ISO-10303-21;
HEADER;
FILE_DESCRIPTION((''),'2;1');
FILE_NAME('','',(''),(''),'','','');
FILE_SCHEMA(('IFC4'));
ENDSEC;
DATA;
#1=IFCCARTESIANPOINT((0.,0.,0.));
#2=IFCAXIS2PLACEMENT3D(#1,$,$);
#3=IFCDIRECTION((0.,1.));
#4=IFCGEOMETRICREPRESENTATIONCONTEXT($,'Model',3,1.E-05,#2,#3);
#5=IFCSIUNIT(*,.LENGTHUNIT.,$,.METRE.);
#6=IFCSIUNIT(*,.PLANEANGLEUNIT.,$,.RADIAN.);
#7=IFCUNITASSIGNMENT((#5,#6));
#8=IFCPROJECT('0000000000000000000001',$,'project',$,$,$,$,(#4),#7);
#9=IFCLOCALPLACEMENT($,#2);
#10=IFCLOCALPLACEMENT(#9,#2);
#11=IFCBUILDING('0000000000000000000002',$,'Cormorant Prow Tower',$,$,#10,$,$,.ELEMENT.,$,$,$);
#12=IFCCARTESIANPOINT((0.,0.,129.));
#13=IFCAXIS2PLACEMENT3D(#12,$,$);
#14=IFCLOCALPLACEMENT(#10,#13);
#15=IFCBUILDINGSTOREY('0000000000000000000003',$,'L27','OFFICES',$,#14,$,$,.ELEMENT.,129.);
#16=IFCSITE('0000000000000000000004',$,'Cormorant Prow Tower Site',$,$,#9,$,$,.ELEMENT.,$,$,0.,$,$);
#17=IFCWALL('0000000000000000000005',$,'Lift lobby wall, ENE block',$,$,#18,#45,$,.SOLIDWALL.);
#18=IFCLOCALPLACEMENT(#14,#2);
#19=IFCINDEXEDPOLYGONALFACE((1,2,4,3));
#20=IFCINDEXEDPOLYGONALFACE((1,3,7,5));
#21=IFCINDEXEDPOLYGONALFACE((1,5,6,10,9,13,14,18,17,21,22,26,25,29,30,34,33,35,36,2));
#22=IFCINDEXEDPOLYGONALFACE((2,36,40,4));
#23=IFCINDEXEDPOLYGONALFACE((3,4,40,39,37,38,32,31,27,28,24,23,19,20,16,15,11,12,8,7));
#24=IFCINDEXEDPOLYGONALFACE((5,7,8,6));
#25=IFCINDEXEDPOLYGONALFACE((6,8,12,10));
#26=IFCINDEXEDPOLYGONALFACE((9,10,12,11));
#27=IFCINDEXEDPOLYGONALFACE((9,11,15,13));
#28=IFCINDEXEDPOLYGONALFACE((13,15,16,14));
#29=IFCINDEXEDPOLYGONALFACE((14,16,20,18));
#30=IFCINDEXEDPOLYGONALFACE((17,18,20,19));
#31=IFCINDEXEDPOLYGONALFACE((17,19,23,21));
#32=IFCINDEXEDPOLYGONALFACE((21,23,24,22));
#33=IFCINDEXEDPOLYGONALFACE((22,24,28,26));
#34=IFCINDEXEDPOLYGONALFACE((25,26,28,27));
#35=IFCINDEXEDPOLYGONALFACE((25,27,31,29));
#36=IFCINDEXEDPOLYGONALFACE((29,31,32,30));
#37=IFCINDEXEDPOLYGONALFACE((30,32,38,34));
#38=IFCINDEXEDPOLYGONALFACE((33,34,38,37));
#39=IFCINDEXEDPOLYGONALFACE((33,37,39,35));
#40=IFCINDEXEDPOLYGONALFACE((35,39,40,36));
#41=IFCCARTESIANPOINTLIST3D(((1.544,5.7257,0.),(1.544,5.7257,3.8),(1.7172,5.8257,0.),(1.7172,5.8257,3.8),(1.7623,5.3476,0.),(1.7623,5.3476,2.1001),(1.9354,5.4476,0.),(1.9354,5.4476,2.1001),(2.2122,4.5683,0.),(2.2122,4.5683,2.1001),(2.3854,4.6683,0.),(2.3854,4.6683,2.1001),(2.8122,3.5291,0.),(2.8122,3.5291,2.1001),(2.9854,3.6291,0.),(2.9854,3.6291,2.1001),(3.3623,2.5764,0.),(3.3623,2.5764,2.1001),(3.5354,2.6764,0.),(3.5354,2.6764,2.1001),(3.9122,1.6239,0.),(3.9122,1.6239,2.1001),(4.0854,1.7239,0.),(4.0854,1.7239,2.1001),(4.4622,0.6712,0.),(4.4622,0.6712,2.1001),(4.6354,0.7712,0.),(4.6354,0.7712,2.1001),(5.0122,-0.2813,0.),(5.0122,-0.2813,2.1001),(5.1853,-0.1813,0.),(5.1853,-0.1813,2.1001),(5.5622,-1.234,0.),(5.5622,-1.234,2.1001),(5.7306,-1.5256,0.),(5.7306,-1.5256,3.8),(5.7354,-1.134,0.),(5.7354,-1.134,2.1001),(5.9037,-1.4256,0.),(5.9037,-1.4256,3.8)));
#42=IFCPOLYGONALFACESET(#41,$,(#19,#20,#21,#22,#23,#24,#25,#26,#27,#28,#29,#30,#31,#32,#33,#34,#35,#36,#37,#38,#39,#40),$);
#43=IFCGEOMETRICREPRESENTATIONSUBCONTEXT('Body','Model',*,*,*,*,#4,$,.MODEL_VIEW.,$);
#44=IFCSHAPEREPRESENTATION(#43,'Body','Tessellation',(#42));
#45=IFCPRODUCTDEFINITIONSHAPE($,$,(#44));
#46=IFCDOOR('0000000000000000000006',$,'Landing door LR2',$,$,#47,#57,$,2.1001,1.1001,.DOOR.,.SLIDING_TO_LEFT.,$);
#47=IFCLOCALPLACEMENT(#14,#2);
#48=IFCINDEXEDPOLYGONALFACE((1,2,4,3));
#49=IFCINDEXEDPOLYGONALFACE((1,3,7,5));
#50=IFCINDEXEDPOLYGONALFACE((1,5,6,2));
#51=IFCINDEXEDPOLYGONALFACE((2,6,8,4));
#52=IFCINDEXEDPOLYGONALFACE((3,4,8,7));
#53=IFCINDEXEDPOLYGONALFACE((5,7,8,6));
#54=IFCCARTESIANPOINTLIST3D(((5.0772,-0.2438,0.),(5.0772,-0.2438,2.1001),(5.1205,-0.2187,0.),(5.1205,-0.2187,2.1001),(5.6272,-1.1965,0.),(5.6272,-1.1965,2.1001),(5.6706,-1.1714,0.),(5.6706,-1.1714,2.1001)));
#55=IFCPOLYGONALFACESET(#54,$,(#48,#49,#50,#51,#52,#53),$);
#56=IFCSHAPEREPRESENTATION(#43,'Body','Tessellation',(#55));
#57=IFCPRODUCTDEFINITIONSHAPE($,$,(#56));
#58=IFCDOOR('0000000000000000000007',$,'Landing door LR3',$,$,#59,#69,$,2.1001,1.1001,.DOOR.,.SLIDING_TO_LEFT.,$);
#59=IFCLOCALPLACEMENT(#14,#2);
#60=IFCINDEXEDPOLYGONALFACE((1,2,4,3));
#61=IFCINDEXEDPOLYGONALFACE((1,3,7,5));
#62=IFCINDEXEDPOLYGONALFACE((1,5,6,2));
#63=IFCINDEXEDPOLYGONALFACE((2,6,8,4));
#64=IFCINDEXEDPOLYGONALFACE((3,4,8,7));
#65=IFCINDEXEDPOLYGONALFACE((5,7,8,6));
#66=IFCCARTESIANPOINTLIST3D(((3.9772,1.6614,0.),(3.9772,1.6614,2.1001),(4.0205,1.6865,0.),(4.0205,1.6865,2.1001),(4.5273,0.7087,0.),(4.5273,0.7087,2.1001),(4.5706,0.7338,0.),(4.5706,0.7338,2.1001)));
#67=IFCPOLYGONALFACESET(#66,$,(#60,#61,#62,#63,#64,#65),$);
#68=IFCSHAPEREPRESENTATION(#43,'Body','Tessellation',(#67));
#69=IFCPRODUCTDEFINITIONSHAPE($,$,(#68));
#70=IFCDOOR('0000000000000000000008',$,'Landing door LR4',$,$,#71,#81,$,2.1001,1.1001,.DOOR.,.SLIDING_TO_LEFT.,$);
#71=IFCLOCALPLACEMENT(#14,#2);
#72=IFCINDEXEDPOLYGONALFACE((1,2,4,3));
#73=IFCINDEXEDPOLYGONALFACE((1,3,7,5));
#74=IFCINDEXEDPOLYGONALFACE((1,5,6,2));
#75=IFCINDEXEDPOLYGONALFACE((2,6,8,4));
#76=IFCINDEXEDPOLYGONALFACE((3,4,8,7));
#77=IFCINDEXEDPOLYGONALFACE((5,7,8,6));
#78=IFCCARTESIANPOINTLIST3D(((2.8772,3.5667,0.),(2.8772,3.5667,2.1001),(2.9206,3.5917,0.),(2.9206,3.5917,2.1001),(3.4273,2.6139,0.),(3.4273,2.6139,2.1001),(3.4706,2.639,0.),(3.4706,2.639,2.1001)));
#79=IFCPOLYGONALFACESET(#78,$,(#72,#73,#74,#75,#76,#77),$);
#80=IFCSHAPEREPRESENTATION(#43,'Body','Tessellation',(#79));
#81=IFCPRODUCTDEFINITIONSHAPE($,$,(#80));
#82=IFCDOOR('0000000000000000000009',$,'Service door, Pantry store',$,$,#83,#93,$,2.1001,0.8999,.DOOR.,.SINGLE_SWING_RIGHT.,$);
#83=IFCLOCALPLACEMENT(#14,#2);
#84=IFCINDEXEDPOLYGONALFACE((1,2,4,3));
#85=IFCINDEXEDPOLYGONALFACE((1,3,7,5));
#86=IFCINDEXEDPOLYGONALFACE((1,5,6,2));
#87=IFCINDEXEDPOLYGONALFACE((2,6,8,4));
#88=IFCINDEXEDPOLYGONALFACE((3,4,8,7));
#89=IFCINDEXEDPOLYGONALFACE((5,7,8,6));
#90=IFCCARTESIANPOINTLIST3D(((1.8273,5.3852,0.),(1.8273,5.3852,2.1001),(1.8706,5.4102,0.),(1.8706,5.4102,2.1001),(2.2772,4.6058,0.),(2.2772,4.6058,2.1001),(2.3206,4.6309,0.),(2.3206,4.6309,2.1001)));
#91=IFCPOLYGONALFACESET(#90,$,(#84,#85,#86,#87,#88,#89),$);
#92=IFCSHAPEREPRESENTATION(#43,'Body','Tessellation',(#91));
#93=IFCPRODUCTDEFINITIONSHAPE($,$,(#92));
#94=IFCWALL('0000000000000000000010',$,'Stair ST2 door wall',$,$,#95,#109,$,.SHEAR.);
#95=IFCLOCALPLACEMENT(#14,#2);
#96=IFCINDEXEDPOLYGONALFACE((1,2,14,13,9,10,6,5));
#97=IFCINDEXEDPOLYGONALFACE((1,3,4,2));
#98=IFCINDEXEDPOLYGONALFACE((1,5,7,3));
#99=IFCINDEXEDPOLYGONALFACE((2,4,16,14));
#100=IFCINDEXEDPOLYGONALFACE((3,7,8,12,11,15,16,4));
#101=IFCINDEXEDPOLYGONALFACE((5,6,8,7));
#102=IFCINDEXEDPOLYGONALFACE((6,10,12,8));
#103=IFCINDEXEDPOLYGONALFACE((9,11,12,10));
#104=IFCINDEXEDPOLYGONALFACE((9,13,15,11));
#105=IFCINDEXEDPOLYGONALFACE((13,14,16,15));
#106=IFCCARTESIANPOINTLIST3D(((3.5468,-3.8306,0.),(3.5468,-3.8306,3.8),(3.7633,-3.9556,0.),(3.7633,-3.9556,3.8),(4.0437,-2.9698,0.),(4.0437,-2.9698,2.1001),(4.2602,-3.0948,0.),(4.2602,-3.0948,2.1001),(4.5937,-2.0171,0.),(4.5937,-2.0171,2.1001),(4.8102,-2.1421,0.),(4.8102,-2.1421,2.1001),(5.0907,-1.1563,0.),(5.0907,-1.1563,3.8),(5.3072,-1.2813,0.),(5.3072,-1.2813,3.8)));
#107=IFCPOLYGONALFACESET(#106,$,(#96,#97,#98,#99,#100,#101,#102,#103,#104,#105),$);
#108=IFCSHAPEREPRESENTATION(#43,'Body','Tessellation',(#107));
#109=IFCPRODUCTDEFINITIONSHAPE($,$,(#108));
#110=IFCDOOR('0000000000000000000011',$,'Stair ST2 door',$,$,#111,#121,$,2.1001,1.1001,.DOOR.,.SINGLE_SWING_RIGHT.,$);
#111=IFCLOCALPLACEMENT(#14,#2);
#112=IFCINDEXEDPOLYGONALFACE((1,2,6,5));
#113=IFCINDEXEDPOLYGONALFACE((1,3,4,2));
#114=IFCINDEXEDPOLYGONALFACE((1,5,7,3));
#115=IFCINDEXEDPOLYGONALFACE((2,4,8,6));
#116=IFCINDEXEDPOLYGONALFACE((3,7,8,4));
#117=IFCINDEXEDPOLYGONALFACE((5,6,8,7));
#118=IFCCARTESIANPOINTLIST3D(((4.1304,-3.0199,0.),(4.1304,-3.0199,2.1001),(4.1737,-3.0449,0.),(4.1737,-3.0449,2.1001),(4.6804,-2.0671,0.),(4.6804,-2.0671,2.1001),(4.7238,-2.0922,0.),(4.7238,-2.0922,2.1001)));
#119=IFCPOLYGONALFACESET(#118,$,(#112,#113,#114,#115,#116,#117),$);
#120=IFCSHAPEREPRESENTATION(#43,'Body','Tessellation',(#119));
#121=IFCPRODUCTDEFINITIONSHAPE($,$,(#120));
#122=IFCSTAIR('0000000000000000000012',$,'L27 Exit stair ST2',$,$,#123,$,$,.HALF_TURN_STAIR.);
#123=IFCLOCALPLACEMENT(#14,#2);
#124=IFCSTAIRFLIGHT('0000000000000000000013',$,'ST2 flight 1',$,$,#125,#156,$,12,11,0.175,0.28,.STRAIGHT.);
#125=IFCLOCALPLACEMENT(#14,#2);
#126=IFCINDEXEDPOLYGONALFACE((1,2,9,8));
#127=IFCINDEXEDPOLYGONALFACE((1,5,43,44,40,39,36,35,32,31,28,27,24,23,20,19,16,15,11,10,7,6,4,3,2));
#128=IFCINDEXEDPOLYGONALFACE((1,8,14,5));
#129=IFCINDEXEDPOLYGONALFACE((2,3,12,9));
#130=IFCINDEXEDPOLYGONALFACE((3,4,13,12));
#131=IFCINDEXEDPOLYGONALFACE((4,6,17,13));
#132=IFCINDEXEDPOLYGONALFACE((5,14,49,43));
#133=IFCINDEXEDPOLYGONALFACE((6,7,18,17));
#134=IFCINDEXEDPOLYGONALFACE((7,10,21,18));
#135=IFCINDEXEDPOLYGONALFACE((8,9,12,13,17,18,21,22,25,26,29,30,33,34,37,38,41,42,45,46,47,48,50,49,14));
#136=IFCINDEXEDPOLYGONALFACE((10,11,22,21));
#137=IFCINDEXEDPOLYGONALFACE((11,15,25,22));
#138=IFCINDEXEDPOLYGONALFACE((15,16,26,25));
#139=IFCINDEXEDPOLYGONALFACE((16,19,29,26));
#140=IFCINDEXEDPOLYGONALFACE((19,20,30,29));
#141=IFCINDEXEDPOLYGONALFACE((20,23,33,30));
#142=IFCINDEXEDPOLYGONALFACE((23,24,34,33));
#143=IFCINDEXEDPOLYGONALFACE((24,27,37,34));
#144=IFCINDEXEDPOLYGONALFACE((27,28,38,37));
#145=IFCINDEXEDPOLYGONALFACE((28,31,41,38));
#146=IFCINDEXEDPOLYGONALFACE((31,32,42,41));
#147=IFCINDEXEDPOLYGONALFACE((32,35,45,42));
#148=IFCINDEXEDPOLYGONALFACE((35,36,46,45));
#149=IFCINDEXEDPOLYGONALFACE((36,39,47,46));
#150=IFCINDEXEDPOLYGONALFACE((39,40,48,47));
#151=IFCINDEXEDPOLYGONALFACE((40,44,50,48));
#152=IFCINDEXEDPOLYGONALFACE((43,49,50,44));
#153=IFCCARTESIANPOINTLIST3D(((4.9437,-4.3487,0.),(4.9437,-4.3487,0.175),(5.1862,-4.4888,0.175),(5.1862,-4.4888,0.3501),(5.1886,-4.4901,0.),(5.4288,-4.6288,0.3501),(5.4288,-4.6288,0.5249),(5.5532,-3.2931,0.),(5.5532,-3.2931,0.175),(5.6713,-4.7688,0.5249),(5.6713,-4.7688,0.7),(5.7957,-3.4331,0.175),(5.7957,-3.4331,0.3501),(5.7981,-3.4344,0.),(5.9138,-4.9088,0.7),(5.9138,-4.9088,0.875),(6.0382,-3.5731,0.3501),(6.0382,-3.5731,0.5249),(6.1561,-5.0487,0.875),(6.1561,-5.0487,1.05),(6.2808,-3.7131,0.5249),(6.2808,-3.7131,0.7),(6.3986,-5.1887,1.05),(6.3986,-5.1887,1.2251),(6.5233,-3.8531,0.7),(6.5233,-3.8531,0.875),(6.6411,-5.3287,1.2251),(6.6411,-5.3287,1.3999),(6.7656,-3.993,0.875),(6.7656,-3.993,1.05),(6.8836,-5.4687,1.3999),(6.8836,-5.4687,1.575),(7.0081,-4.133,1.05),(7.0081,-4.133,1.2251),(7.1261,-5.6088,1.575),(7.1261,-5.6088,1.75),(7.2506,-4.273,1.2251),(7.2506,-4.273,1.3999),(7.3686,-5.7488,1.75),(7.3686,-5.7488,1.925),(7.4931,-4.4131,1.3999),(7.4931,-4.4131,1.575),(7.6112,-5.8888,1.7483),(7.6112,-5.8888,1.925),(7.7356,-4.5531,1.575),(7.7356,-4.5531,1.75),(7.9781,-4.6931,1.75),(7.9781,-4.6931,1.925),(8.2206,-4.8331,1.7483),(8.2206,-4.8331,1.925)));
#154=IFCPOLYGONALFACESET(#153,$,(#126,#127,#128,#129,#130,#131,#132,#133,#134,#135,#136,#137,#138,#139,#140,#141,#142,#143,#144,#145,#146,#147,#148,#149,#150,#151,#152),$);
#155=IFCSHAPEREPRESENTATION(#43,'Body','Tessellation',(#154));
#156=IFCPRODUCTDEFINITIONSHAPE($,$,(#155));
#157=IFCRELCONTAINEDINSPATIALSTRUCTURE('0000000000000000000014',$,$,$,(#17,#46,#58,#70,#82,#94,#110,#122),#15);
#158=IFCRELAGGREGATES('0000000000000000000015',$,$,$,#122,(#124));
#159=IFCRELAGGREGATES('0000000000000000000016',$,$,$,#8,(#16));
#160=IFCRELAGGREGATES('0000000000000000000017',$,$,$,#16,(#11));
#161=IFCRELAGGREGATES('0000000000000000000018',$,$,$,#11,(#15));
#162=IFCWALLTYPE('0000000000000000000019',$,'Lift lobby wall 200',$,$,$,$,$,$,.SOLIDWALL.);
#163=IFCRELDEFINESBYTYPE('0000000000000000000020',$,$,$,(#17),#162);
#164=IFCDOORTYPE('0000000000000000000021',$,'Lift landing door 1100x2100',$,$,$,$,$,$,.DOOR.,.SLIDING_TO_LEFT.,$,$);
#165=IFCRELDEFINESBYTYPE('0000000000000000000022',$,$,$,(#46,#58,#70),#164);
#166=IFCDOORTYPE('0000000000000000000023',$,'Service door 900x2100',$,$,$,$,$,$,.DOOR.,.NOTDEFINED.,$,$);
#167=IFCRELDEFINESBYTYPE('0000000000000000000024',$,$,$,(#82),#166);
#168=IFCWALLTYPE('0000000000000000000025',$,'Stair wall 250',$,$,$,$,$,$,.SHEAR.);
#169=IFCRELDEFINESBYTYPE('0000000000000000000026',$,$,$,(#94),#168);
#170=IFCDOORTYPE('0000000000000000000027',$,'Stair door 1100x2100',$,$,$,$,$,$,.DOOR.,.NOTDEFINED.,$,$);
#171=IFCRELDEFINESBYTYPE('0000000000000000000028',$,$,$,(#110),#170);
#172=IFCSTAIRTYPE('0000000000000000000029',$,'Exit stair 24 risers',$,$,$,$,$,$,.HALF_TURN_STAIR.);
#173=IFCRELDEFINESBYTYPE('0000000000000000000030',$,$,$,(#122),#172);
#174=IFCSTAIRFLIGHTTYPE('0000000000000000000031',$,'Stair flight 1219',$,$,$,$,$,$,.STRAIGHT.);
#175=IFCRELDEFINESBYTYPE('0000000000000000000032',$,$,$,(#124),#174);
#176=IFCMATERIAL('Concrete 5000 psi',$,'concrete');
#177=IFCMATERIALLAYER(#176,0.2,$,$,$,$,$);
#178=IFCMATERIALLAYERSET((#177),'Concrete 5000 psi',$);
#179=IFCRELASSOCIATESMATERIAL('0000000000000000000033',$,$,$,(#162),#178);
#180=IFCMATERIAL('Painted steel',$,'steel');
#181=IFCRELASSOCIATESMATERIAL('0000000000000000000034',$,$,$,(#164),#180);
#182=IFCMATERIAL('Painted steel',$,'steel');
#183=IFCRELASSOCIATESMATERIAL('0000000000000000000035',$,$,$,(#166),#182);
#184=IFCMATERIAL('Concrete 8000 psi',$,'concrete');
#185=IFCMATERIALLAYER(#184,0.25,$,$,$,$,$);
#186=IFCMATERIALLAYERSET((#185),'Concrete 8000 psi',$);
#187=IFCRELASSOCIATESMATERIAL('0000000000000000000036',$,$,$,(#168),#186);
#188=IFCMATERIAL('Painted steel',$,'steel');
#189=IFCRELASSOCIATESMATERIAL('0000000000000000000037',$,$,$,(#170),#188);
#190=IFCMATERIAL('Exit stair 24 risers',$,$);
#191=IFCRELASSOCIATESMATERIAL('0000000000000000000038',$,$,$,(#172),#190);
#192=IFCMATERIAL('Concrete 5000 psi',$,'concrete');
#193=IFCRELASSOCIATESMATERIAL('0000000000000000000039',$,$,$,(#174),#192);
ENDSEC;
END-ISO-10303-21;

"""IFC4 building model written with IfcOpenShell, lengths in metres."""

from ifc_helpers import new_model, si_unit, direction, frame, frame_2d, origin, place, context, subcontext, project, spatial, polyline, rectangle, outline, extrude, material, layer, layer_set, type_object, element, fill, aggregate, save


model = new_model("IFC4")

# Units and contexts
model_context = context("Model", 3, precision=1e-05, world=origin(), true_north=direction((0.0, 1.0)))
body_context = subcontext(model_context, "Body", "Model", "MODEL_VIEW")
ifc_project = project(units=[si_unit("LENGTHUNIT", "METRE"), si_unit("PLANEANGLEUNIT", "RADIAN")], contexts=[model_context])

# Site, building, storey
site_placement = place(None, origin())
site = spatial("IfcSite", under=ifc_project, at=site_placement, Name="Cormorant Prow Tower Site", CompositionType="ELEMENT", RefElevation=0.0)
building_placement = place(site_placement, origin())
building = spatial("IfcBuilding", under=site, at=building_placement, Name="Cormorant Prow Tower", CompositionType="ELEMENT")
storey_placement = place(building_placement, frame((0.0, 0.0, 129.0)))
storey = spatial("IfcBuildingStorey", under=building, at=storey_placement, Name="L27", Description="OFFICES", CompositionType="ELEMENT", Elevation=129.0)

# Wall, openings, doors
ifc_material_1 = material(Name="Concrete 5000 psi", Category="concrete")
ifc_layer_1 = layer(ifc_material_1, 0.2)
ifc_layer_set_1 = layer_set([ifc_layer_1], Name="Concrete 5000 psi")
wall_type_1 = type_object("IfcWallType", Name="Lift lobby wall 200", PredefinedType="SOLIDWALL", material=ifc_layer_set_1)
wall_1_placement = place(storey_placement, frame((5.8171, -1.4756, 0.0), z_axis=(0.0, 0.0, 1.0), x_axis=(-0.500003, 0.866024, 0.0)))
wall_1 = element("IfcWall", 1, at=wall_1_placement, inside=storey, type_object=wall_type_1, Name="Lift lobby wall, ENE block", PredefinedType="SOLIDWALL", context=body_context, shape_type="SweptSolid", body=[
    extrude(rectangle(XDim=8.373, YDim=0.2, at=frame_2d((4.1865, 0.0))), origin(), (0.0, 0.0, 1.0), 3.8),
])
opening_1_placement = place(wall_1_placement, frame((0.3367, 0.0, 0.0)))
opening_1 = element("IfcOpeningElement", 2, at=opening_1_placement, cuts=wall_1, PredefinedType="OPENING", context=body_context, shape_type="SweptSolid", body=[
    extrude(rectangle(XDim=1.1001, YDim=2.1001, at=frame_2d((0.55, 1.05))), frame((0.0, 0.1099, 0.0), z_axis=(0.0, -1.0, 0.0), x_axis=(1.0, 0.0, 0.0)), (0.0, 0.0, 1.0), 0.22),
])
opening_2_placement = place(wall_1_placement, frame((2.5366, 0.0, 0.0)))
opening_2 = element("IfcOpeningElement", 3, at=opening_2_placement, cuts=wall_1, PredefinedType="OPENING", context=body_context, shape_type="SweptSolid", body=[
    extrude(rectangle(XDim=1.1001, YDim=2.1001, at=frame_2d((0.55, 1.05))), frame((0.0, 0.1099, 0.0), z_axis=(0.0, -1.0, 0.0), x_axis=(1.0, 0.0, 0.0)), (0.0, 0.0, 1.0), 0.22),
])
opening_3_placement = place(wall_1_placement, frame((4.7366, 0.0, 0.0)))
opening_3 = element("IfcOpeningElement", 4, at=opening_3_placement, cuts=wall_1, PredefinedType="OPENING", context=body_context, shape_type="SweptSolid", body=[
    extrude(rectangle(XDim=1.1001, YDim=2.1001, at=frame_2d((0.55, 1.05))), frame((0.0, 0.1099, 0.0), z_axis=(0.0, -1.0, 0.0), x_axis=(1.0, 0.0, 0.0)), (0.0, 0.0, 1.0), 0.22),
])
opening_4_placement = place(wall_1_placement, frame((7.0366, 0.0, 0.0)))
opening_4 = element("IfcOpeningElement", 5, at=opening_4_placement, cuts=wall_1, PredefinedType="OPENING", context=body_context, shape_type="SweptSolid", body=[
    extrude(rectangle(XDim=0.8999, YDim=2.1001, at=frame_2d((0.45, 1.05))), frame((0.0, 0.1099, 0.0), z_axis=(0.0, -1.0, 0.0), x_axis=(1.0, 0.0, 0.0)), (0.0, 0.0, 1.0), 0.22),
])
ifc_material_2 = material(Name="Painted steel", Category="steel")
door_type_1 = type_object("IfcDoorType", Name="Lift landing door 1100x2100", OperationType="SLIDING_TO_LEFT", PredefinedType="DOOR", material=ifc_material_2)
door_1_placement = place(opening_1_placement, origin())
door_1 = element("IfcDoor", 6, at=door_1_placement, inside=storey, type_object=door_type_1, Name="Landing door LR2", OperationType="SLIDING_TO_LEFT", OverallHeight=2.1001, OverallWidth=1.1001, PredefinedType="DOOR", context=body_context, shape_type="SweptSolid", body=[
    extrude(rectangle(XDim=1.1001, YDim=2.1001, at=frame_2d((0.55, 1.05))), frame((0.0, 0.0249, 0.0), z_axis=(0.0, -1.0, 0.0), x_axis=(1.0, 0.0, 0.0)), (0.0, 0.0, 1.0), 0.05),
])
fill(opening_1, door_1)
door_2_placement = place(opening_2_placement, origin())
door_2 = element("IfcDoor", 7, at=door_2_placement, inside=storey, type_object=door_type_1, Name="Landing door LR3", OperationType="SLIDING_TO_LEFT", OverallHeight=2.1001, OverallWidth=1.1001, PredefinedType="DOOR", context=body_context, shape_type="SweptSolid", body=[
    extrude(rectangle(XDim=1.1001, YDim=2.1001, at=frame_2d((0.55, 1.05))), frame((0.0, 0.0249, 0.0), z_axis=(0.0, -1.0, 0.0), x_axis=(1.0, 0.0, 0.0)), (0.0, 0.0, 1.0), 0.05),
])
fill(opening_2, door_2)
door_3_placement = place(opening_3_placement, origin())
door_3 = element("IfcDoor", 8, at=door_3_placement, inside=storey, type_object=door_type_1, Name="Landing door LR4", OperationType="SLIDING_TO_LEFT", OverallHeight=2.1001, OverallWidth=1.1001, PredefinedType="DOOR", context=body_context, shape_type="SweptSolid", body=[
    extrude(rectangle(XDim=1.1001, YDim=2.1001, at=frame_2d((0.55, 1.05))), frame((0.0, 0.0249, 0.0), z_axis=(0.0, -1.0, 0.0), x_axis=(1.0, 0.0, 0.0)), (0.0, 0.0, 1.0), 0.05),
])
fill(opening_3, door_3)
ifc_material_3 = material(Name="Painted steel", Category="steel")
door_type_2 = type_object("IfcDoorType", Name="Service door 900x2100", OperationType="NOTDEFINED", PredefinedType="DOOR", material=ifc_material_3)
door_4_placement = place(opening_4_placement, origin())
door_4 = element("IfcDoor", 9, at=door_4_placement, inside=storey, type_object=door_type_2, Name="Service door, Pantry store", OperationType="SINGLE_SWING_RIGHT", OverallHeight=2.1001, OverallWidth=0.8999, PredefinedType="DOOR", context=body_context, shape_type="SweptSolid", body=[
    extrude(rectangle(XDim=0.8999, YDim=2.1001, at=frame_2d((0.45, 1.05))), frame((0.0, 0.0249, 0.0), z_axis=(0.0, -1.0, 0.0), x_axis=(1.0, 0.0, 0.0)), (0.0, 0.0, 1.0), 0.05),
])
fill(opening_4, door_4)

# Wall, opening, door
ifc_material_4 = material(Name="Concrete 8000 psi", Category="concrete")
ifc_layer_2 = layer(ifc_material_4, 0.25)
ifc_layer_set_2 = layer_set([ifc_layer_2], Name="Concrete 8000 psi")
wall_type_2 = type_object("IfcWallType", Name="Stair wall 250", PredefinedType="SHEAR", material=ifc_layer_set_2)
wall_2_placement = place(storey_placement, frame((3.655, -3.8931, 0.0), z_axis=(0.0, 0.0, 1.0), x_axis=(0.499983, 0.866035, 0.0)))
wall_2 = element("IfcWall", 10, at=wall_2_placement, inside=storey, type_object=wall_type_2, Name="Stair ST2 door wall", PredefinedType="SHEAR", context=body_context, shape_type="SweptSolid", body=[
    extrude(rectangle(XDim=3.0879, YDim=0.25, at=frame_2d((1.5439, 0.0))), origin(), (0.0, 0.0, 1.0), 3.8),
])
opening_5_placement = place(wall_2_placement, frame((0.9939, 0.0, 0.0)))
opening_5 = element("IfcOpeningElement", 11, at=opening_5_placement, cuts=wall_2, PredefinedType="OPENING", context=body_context, shape_type="SweptSolid", body=[
    extrude(rectangle(XDim=1.1001, YDim=2.1001, at=frame_2d((0.55, 1.05))), frame((0.0, 0.135, 0.0), z_axis=(0.0, -1.0, 0.0), x_axis=(1.0, 0.0, 0.0)), (0.0, 0.0, 1.0), 0.27),
])
ifc_material_5 = material(Name="Painted steel", Category="steel")
door_type_3 = type_object("IfcDoorType", Name="Stair door 1100x2100", OperationType="NOTDEFINED", PredefinedType="DOOR", material=ifc_material_5)
door_5_placement = place(opening_5_placement, origin())
door_5 = element("IfcDoor", 12, at=door_5_placement, inside=storey, type_object=door_type_3, Name="Stair ST2 door", OperationType="SINGLE_SWING_RIGHT", OverallHeight=2.1001, OverallWidth=1.1001, PredefinedType="DOOR", context=body_context, shape_type="SweptSolid", body=[
    extrude(rectangle(XDim=1.1001, YDim=2.1001, at=frame_2d((0.55, 1.05))), frame((0.0, 0.0249, 0.0), z_axis=(0.0, -1.0, 0.0), x_axis=(1.0, 0.0, 0.0)), (0.0, 0.0, 1.0), 0.05),
])
fill(opening_5, door_5)

# Stair, stair flight
ifc_material_6 = material(Name="Exit stair 24 risers")
stair_type = type_object("IfcStairType", Name="Exit stair 24 risers", PredefinedType="HALF_TURN_STAIR", material=ifc_material_6)
stair_placement = place(storey_placement, origin())
stair = element("IfcStair", 13, at=stair_placement, inside=storey, type_object=stair_type, Name="L27 Exit stair ST2", PredefinedType="HALF_TURN_STAIR")
ifc_material_7 = material(Name="Concrete 5000 psi", Category="concrete")
stair_flight_type = type_object("IfcStairFlightType", Name="Stair flight 1219", PredefinedType="STRAIGHT", material=ifc_material_7)
stair_flight_1_placement = place(storey_placement, frame((5.2485, -3.8208, 0.0), z_axis=(0.0, 0.0, 1.0), x_axis=(0.866025, -0.5, 0.0)))
stair_flight_1 = element("IfcStairFlight", 14, at=stair_flight_1_placement, type_object=stair_flight_type, Name="ST2 flight 1", NumberOfRisers=12, NumberOfTreads=11, PredefinedType="STRAIGHT", RiserHeight=0.175, TreadLength=0.28, context=body_context, shape_type="SweptSolid", body=[
    extrude(outline(polyline([(0.0, 0.0), (0.0, 0.175), (0.28, 0.175), (0.28, 0.3501), (0.5601, 0.3501), (0.5601, 0.5249), (0.8401, 0.5249), (0.8401, 0.7), (1.1201, 0.7), (1.1201, 0.875), (1.3999, 0.875), (1.3999, 1.05), (1.6799, 1.05), (1.6799, 1.2251), (1.96, 1.2251), (1.96, 1.3999), (2.24, 1.3999), (2.24, 1.575), (2.52, 1.575), (2.52, 1.75), (2.8, 1.75), (2.8, 1.925), (3.0801, 1.925), (3.0801, 2.1001), (3.0801, 1.7483), (0.2827, 0.0), (0.0, 0.0)])), frame((0.0, 0.6094, 0.0), z_axis=(0.0, -1.0, 0.0), x_axis=(1.0, 0.0, 0.0)), (0.0, 0.0, 1.0), 1.219),
])
aggregate(stair, [stair_flight_1])

save(model, "model.ifc")
